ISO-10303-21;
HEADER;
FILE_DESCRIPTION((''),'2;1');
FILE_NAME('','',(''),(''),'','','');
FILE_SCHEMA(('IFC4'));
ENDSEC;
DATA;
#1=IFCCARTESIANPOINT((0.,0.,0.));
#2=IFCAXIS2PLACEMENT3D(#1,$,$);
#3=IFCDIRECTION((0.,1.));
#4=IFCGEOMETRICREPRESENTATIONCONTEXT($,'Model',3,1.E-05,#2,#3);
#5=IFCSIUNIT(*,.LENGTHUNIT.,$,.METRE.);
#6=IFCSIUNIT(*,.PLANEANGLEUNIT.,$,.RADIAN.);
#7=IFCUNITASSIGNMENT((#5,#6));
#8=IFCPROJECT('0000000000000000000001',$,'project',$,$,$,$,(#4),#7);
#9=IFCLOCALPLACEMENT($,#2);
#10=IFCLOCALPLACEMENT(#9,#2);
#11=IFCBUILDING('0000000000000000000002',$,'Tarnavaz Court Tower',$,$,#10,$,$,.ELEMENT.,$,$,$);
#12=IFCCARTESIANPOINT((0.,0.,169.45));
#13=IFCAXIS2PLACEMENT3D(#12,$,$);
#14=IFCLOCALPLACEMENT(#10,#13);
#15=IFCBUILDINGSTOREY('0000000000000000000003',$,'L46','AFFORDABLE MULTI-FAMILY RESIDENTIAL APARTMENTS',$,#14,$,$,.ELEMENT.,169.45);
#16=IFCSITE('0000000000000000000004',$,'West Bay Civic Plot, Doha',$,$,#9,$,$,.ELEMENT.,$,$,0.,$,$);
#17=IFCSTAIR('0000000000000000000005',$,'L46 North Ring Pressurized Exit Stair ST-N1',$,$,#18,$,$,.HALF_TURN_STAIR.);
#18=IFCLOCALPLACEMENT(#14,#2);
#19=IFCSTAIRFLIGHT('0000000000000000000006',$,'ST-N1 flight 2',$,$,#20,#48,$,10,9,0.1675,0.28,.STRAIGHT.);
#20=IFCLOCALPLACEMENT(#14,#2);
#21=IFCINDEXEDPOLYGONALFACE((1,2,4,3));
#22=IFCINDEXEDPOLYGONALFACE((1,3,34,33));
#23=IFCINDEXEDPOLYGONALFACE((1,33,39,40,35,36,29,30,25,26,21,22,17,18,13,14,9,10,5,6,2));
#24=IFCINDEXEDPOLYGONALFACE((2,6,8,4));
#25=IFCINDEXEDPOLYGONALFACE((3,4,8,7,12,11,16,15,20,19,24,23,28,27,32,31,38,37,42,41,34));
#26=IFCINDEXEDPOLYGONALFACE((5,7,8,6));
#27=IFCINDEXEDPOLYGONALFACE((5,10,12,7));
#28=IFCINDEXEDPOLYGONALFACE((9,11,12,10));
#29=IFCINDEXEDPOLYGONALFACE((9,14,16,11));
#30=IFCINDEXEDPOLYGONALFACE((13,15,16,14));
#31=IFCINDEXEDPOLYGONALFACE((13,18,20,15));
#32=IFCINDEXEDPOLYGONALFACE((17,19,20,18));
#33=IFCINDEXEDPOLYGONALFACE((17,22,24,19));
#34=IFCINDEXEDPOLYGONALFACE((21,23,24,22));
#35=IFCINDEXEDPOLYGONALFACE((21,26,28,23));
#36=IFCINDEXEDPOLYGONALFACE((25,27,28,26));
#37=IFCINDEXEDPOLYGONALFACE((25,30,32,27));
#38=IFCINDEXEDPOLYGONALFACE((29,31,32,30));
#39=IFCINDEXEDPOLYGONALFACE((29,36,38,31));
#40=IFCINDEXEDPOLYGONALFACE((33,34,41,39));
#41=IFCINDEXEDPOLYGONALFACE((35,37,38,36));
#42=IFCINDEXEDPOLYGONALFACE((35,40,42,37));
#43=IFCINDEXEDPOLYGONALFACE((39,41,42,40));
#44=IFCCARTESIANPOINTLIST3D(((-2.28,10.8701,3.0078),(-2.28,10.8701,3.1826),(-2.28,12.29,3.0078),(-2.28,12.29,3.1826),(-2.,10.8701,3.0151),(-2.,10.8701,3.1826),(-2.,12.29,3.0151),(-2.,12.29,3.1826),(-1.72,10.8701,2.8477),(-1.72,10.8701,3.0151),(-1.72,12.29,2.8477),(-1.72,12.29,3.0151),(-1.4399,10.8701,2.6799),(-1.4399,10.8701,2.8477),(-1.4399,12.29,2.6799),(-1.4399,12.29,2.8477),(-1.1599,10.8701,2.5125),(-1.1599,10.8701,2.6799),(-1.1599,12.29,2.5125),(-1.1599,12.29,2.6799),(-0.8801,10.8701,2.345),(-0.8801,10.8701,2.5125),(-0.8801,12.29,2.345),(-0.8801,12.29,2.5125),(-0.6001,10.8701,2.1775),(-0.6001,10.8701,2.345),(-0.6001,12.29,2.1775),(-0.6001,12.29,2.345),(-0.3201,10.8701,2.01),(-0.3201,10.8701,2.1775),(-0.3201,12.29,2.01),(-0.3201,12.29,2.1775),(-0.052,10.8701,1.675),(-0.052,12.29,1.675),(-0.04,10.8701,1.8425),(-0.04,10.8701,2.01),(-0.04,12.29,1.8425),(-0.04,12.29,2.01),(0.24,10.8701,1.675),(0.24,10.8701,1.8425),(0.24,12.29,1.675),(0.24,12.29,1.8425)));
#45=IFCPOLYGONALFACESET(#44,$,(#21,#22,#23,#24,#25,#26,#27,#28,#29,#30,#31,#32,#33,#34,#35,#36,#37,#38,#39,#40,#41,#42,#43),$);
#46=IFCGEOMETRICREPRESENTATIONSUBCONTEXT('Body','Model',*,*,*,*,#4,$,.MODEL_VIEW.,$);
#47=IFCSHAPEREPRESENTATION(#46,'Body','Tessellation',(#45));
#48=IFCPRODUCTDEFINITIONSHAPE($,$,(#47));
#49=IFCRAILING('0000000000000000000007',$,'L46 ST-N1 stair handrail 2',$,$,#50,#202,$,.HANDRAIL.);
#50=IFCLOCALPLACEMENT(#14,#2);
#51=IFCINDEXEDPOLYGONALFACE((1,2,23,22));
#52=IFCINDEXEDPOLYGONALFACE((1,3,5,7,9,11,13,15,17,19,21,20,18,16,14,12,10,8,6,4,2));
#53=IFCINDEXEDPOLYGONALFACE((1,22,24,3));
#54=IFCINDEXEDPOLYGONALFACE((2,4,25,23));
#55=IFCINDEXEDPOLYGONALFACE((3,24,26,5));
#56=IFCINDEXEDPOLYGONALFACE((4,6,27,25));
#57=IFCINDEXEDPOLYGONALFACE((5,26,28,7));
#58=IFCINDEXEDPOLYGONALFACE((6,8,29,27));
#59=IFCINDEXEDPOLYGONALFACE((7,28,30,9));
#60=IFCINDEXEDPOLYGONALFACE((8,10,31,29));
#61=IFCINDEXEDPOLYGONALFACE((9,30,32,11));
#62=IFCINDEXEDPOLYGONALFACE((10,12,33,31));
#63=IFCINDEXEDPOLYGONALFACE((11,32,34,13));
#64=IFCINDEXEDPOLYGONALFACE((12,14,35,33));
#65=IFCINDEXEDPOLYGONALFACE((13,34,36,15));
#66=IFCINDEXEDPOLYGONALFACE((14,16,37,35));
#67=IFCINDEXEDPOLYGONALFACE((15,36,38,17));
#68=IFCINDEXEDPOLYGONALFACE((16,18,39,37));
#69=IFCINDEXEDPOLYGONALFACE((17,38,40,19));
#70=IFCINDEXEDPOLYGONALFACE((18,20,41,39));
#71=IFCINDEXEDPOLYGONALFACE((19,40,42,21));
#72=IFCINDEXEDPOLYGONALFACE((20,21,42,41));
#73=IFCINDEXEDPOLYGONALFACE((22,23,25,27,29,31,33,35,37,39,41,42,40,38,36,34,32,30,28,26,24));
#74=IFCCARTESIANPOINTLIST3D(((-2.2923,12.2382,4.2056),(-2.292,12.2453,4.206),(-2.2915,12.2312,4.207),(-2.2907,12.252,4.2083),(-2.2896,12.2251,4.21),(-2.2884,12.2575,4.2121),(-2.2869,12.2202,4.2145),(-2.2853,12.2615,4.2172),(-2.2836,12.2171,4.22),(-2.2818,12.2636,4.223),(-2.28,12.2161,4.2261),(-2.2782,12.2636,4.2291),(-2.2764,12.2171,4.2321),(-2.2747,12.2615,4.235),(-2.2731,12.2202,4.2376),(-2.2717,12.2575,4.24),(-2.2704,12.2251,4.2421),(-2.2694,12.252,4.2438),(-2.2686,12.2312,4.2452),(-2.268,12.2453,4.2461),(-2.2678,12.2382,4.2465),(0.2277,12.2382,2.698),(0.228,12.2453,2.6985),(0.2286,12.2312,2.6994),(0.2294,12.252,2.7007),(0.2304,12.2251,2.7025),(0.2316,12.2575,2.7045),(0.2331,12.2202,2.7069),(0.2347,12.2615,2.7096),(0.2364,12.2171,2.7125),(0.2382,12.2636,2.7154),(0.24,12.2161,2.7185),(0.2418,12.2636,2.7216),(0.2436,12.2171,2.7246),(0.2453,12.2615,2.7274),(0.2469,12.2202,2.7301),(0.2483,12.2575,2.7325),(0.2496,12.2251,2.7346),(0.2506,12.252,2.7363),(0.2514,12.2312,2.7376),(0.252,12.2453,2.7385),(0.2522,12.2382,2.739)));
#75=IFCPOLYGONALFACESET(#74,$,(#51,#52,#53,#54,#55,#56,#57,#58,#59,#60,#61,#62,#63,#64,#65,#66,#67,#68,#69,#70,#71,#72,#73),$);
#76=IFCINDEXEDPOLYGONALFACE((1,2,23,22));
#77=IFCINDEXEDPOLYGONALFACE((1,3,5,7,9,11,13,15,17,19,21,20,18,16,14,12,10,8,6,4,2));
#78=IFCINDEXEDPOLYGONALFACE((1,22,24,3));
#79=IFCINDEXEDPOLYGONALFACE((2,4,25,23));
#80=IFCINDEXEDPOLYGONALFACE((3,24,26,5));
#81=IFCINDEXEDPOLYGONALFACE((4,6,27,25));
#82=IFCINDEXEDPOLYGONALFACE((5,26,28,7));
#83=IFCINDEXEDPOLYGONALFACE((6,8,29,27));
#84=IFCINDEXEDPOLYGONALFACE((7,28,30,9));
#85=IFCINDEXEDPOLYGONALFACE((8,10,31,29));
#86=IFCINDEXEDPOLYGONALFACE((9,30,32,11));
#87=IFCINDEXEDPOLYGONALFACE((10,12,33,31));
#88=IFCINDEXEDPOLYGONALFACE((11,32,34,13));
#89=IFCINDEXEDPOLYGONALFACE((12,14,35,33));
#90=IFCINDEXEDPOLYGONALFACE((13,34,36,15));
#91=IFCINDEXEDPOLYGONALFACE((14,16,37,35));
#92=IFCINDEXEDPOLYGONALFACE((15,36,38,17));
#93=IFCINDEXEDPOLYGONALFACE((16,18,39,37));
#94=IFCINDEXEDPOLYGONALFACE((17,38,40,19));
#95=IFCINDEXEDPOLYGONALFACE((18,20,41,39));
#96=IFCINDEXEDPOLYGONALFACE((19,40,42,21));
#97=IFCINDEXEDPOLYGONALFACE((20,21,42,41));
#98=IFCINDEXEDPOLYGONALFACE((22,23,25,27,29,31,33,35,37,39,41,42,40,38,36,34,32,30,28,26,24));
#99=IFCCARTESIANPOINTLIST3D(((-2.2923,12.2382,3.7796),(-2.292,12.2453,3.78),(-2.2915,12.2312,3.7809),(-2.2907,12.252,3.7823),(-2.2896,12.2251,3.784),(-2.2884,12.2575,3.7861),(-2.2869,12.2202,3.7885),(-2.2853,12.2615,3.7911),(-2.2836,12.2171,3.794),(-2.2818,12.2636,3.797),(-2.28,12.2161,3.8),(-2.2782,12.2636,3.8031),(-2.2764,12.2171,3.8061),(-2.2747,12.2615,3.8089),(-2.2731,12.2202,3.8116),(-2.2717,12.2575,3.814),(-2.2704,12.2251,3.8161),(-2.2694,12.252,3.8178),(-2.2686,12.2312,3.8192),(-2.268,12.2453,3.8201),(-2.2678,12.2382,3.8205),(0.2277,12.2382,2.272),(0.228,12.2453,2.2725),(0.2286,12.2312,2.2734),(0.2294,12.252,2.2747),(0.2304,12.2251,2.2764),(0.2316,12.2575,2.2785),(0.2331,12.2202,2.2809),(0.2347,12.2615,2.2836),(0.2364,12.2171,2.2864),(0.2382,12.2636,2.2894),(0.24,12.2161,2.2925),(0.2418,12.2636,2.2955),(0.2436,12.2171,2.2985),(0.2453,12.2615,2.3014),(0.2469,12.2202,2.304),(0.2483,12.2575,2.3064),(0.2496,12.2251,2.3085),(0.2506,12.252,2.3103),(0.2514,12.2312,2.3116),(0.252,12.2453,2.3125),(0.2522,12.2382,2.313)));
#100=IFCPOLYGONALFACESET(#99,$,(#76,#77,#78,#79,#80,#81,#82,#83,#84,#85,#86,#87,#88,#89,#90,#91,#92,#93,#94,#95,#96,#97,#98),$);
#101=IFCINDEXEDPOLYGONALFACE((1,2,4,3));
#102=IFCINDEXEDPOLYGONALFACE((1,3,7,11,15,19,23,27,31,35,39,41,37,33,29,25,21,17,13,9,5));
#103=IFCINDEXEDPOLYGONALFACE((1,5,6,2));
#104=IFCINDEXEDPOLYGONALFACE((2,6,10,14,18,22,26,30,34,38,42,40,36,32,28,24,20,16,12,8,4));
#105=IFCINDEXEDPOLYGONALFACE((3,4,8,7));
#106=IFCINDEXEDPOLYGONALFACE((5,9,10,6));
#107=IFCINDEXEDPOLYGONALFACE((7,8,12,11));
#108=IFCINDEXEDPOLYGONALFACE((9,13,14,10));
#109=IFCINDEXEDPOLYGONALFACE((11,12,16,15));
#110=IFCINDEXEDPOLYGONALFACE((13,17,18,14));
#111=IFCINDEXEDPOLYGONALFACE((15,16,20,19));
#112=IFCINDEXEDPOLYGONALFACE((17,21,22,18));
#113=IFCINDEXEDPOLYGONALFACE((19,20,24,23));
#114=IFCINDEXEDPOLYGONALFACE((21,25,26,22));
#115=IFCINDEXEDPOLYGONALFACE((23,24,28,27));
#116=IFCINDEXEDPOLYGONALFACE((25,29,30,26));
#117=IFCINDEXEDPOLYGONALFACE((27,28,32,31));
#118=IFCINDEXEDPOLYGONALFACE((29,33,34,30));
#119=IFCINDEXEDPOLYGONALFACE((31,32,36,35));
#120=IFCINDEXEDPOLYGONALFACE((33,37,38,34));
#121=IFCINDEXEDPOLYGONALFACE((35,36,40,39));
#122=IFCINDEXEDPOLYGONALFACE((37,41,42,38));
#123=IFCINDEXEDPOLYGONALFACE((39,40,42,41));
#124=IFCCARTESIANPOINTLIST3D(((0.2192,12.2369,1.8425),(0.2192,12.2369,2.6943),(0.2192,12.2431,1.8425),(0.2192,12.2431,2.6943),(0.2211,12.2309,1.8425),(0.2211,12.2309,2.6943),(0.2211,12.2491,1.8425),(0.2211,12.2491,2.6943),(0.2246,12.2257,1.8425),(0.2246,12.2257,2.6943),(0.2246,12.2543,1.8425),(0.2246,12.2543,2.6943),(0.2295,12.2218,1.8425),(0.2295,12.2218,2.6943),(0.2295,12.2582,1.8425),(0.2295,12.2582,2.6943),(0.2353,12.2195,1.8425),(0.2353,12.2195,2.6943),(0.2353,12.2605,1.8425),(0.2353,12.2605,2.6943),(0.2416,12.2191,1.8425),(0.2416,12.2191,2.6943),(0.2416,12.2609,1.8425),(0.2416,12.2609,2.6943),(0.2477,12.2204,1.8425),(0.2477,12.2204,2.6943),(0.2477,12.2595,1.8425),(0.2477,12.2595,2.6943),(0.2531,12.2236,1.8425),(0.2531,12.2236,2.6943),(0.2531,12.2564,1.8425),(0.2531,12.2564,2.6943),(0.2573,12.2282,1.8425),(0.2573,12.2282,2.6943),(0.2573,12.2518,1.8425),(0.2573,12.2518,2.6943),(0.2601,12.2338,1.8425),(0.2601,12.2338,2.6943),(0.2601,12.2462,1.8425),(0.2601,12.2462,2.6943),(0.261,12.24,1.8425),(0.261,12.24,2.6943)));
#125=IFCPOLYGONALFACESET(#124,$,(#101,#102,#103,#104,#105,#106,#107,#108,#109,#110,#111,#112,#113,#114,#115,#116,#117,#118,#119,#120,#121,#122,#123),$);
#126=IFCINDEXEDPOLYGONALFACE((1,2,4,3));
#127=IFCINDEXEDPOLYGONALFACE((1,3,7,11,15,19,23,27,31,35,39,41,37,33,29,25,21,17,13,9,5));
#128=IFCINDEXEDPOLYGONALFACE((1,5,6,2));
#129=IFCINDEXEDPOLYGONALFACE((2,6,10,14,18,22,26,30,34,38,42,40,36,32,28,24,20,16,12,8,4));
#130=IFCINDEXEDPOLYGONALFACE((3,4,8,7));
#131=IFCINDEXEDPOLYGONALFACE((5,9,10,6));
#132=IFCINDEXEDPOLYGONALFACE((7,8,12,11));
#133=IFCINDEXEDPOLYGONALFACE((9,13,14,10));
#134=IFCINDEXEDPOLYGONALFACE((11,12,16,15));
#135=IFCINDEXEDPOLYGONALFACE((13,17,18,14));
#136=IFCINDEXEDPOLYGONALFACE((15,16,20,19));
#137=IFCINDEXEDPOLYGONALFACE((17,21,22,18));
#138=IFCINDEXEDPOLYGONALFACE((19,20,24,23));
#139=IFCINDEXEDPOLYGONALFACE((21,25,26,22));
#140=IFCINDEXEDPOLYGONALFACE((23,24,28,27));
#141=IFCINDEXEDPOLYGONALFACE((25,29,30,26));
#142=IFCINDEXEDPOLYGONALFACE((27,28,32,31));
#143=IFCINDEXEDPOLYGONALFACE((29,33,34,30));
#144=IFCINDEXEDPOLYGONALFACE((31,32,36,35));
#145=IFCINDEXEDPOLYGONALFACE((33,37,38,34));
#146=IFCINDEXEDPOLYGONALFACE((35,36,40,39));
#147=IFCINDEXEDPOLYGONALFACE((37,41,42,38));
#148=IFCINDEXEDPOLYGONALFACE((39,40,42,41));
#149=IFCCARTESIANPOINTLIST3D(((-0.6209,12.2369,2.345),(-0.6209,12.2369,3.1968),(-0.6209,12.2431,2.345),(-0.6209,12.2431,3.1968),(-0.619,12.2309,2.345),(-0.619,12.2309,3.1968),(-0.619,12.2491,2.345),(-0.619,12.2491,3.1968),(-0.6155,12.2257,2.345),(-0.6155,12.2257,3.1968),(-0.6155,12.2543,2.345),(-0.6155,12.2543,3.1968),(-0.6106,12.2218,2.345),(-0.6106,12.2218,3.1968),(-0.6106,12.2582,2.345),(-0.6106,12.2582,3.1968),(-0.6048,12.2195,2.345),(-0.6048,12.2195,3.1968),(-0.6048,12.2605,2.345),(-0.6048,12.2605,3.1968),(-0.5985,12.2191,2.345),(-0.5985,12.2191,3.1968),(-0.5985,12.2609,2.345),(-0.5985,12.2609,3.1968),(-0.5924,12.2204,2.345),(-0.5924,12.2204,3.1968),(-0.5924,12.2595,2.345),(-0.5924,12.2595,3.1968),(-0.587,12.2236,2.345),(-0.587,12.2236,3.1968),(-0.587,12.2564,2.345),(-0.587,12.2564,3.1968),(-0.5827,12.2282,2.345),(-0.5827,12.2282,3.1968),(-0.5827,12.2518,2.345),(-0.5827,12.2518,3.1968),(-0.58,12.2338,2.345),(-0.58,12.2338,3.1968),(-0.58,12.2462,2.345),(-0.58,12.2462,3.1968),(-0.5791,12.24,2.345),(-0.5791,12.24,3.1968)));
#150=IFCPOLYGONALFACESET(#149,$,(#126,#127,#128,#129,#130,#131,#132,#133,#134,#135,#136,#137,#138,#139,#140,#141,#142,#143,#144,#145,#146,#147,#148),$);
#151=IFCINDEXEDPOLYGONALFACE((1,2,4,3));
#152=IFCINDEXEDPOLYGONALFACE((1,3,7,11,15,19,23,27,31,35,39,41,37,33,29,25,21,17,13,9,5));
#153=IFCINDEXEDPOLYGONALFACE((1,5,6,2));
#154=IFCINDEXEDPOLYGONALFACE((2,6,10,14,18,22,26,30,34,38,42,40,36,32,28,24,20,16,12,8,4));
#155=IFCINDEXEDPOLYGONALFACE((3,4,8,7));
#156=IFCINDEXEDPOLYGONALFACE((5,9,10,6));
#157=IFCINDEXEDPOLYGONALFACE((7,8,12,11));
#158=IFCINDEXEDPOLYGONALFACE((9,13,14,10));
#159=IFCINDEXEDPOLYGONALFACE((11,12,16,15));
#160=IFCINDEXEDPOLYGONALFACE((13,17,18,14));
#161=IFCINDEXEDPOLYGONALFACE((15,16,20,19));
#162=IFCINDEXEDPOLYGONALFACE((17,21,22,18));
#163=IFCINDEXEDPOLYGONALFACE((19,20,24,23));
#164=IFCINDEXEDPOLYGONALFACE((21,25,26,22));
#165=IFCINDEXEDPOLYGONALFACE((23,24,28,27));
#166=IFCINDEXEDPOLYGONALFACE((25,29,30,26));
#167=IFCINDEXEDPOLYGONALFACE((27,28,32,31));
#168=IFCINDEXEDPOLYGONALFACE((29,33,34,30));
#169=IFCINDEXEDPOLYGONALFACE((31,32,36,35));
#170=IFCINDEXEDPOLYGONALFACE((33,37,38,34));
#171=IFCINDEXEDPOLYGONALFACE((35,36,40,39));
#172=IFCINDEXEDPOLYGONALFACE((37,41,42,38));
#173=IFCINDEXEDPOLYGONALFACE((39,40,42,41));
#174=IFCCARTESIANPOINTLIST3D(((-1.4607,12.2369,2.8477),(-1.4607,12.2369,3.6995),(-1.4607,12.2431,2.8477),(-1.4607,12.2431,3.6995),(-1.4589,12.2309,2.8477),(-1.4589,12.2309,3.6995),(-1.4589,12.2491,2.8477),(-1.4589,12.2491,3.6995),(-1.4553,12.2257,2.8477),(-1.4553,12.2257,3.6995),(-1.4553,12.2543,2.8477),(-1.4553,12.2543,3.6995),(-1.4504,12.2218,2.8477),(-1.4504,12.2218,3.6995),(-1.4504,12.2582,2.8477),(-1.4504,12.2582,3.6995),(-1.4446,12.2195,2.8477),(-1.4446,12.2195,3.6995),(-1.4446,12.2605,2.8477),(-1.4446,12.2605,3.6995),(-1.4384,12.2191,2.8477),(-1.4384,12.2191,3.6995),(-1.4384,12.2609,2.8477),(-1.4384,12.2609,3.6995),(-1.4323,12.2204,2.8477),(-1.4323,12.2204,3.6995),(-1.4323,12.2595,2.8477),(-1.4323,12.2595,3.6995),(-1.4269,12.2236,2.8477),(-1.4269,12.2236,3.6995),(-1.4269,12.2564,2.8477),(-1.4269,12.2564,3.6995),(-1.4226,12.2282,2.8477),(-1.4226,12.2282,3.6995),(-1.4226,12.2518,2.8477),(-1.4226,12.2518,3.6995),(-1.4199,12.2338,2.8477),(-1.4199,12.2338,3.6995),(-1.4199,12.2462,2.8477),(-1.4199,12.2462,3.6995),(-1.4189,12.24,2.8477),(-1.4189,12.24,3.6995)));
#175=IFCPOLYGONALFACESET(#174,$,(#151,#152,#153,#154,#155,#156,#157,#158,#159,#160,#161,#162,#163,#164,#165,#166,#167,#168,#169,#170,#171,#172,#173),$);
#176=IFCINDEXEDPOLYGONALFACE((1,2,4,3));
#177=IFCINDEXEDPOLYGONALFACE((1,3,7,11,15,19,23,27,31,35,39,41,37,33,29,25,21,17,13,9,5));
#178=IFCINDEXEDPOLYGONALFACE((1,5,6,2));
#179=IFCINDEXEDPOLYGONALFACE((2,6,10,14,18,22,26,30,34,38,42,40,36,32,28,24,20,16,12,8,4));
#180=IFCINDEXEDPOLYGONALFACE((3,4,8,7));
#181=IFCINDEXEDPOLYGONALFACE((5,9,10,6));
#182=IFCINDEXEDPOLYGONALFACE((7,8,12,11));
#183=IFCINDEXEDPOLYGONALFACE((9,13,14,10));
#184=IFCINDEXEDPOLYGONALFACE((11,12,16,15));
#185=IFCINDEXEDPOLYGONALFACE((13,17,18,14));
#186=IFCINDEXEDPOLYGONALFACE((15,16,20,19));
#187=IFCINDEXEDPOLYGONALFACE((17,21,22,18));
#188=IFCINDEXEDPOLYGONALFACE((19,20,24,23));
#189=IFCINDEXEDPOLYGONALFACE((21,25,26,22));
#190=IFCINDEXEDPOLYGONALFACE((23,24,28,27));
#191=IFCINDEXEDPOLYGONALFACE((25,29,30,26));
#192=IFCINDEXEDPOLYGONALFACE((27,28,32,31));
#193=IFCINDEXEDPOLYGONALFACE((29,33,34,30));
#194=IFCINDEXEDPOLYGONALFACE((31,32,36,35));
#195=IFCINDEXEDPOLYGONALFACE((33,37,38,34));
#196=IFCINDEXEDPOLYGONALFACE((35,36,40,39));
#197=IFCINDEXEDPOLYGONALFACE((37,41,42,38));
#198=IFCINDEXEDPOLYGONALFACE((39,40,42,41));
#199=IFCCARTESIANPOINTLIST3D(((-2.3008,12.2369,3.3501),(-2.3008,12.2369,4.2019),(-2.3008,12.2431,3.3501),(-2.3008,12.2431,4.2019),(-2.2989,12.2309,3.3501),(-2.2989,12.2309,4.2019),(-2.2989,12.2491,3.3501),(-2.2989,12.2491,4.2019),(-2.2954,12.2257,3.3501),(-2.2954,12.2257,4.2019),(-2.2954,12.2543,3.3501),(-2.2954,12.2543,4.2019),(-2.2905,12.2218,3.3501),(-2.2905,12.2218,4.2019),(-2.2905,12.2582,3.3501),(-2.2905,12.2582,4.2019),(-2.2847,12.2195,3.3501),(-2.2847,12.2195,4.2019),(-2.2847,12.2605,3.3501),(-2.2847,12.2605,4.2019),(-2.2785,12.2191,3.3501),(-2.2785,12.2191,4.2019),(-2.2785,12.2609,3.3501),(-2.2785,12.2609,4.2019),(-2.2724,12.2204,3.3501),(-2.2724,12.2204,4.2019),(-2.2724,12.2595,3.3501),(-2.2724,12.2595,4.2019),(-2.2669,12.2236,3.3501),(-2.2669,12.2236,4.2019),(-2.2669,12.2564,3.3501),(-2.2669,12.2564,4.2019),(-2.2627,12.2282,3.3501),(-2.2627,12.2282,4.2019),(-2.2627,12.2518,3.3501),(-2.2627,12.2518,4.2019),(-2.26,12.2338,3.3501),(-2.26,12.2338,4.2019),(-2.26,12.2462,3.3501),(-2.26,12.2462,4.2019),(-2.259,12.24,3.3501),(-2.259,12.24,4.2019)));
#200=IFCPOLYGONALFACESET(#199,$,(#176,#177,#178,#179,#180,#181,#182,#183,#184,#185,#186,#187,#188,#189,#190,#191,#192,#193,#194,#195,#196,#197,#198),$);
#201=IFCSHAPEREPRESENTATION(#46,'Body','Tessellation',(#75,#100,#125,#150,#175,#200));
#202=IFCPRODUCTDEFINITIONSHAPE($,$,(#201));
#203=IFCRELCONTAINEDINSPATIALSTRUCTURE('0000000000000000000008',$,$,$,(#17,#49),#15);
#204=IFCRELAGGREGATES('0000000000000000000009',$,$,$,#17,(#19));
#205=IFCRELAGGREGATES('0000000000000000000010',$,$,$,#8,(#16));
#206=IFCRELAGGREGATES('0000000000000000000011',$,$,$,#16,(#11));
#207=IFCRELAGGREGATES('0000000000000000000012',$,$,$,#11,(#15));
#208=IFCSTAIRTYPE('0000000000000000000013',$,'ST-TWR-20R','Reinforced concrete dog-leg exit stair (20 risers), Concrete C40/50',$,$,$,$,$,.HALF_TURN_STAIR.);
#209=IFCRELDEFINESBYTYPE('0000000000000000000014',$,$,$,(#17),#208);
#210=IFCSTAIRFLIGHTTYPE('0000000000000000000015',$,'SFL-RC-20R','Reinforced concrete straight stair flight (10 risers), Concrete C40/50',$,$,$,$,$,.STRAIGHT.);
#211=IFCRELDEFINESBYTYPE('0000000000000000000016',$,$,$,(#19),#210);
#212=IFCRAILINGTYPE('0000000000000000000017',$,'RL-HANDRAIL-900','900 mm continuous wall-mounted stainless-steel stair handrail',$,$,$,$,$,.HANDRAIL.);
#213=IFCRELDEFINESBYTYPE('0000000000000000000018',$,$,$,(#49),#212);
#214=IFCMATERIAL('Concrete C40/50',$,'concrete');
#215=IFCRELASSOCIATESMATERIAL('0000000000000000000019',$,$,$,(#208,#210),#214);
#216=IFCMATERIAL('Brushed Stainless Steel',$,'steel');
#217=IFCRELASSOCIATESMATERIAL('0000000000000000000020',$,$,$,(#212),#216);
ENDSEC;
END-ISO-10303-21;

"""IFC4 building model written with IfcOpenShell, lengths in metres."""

from ifc_helpers import new_model, si_unit, direction, frame, origin, origin_2d, place, context, subcontext, project, spatial, polyline, circle, outline, extrude, material, type_object, element, aggregate, save


model = new_model("IFC4")

# Units and contexts
model_context = context("Model", 3, precision=1e-05, world=origin(), true_north=direction((0.0, 1.0)))
body_context = subcontext(model_context, "Body", "Model", "MODEL_VIEW")
ifc_project = project(units=[si_unit("LENGTHUNIT", "METRE"), si_unit("PLANEANGLEUNIT", "RADIAN")], contexts=[model_context])

# Site, building, storey
site_placement = place(None, origin())
site = spatial("IfcSite", under=ifc_project, at=site_placement, Name="West Bay Civic Plot, Doha", CompositionType="ELEMENT", RefElevation=0.0)
building_placement = place(site_placement, origin())
building = spatial("IfcBuilding", under=site, at=building_placement, Name="Tarnavaz Court Tower", CompositionType="ELEMENT")
storey_placement = place(building_placement, frame((0.0, 0.0, 169.45)))
storey = spatial("IfcBuildingStorey", under=building, at=storey_placement, Name="L46", Description="AFFORDABLE MULTI-FAMILY RESIDENTIAL APARTMENTS", CompositionType="ELEMENT", Elevation=169.45)

# Stair
ifc_material_1 = material(Name="Concrete C40/50", Category="concrete")
stair_type = type_object("IfcStairType", Name="ST-TWR-20R", Description="Reinforced concrete dog-leg exit stair (20 risers), Concrete C40/50", PredefinedType="HALF_TURN_STAIR", material=ifc_material_1)
stair_1_placement = place(storey_placement, origin())
stair_1 = element("IfcStair", 1, at=stair_1_placement, inside=storey, type_object=stair_type, Name="L46 North Ring Pressurized Exit Stair ST-N1", PredefinedType="HALF_TURN_STAIR")

# Stair flight
stair_flight_type = type_object("IfcStairFlightType", Name="SFL-RC-20R", Description="Reinforced concrete straight stair flight (10 risers), Concrete C40/50", PredefinedType="STRAIGHT", material=ifc_material_1)
stair_flight_placement = place(storey_placement, frame((0.24, 11.5801, 1.675), z_axis=(0.0, 0.0, 1.0), x_axis=(-1.0, 0.0, 0.0)))
stair_flight = element("IfcStairFlight", 2, at=stair_flight_placement, type_object=stair_flight_type, Name="ST-N1 flight 2", NumberOfRisers=10, NumberOfTreads=9, PredefinedType="STRAIGHT", RiserHeight=0.1675, TreadLength=0.28, context=body_context, shape_type="SweptSolid", body=[
    extrude(outline(polyline([(0.0, 0.0), (0.0, 0.1675), (0.28, 0.1675), (0.28, 0.335), (0.5601, 0.335), (0.5601, 0.5024), (0.8401, 0.5024), (0.8401, 0.6699), (1.1201, 0.6699), (1.1201, 0.8374), (1.3999, 0.8374), (1.3999, 1.0049), (1.6799, 1.0049), (1.6799, 1.1726), (1.96, 1.1726), (1.96, 1.3401), (2.24, 1.3401), (2.24, 1.5076), (2.52, 1.5076), (2.52, 1.675), (2.52, 1.3328), (0.292, 0.0), (0.0, 0.0)])), frame((0.0, 0.71, 0.0), z_axis=(0.0, -1.0, 0.0), x_axis=(1.0, 0.0, 0.0)), (0.0, 0.0, 1.0), 1.4199),
])
aggregate(stair_1, [stair_flight])

# Railing
ifc_material_2 = material(Name="Brushed Stainless Steel", Category="steel")
railing_type_1 = type_object("IfcRailingType", Name="RL-HANDRAIL-900", Description="900 mm continuous wall-mounted stainless-steel stair handrail", PredefinedType="HANDRAIL", material=ifc_material_2)
railing_1_placement = place(storey_placement, frame((0.24, 12.24, 1.8425)))
element("IfcRailing", 3, at=railing_1_placement, inside=storey, type_object=railing_type_1, Name="L46 ST-N1 stair handrail 2", PredefinedType="HANDRAIL", context=body_context, shape_type="SweptSolid", body=[
    extrude(circle(Radius=0.0239, at=origin_2d()), frame((0.0, 0.0, 0.876), z_axis=(-0.85816, 0.0, 0.513383), x_axis=(0.0, -1.0, 0.0)), (0.0, 0.0, 1.0), 2.9365),
    extrude(circle(Radius=0.0239, at=origin_2d()), frame((0.0, 0.0, 0.45), z_axis=(-0.85816, 0.0, 0.513383), x_axis=(0.0, -1.0, 0.0)), (0.0, 0.0, 1.0), 2.9365),
    extrude(circle(Radius=0.021, at=origin_2d()), origin(), (0.0, 0.0, 1.0), 0.8518),
    extrude(circle(Radius=0.021, at=origin_2d()), frame((-0.8401, 0.0, 0.5024)), (0.0, 0.0, 1.0), 0.8518),
    extrude(circle(Radius=0.021, at=origin_2d()), frame((-1.6799, 0.0, 1.0051)), (0.0, 0.0, 1.0), 0.8518),
    extrude(circle(Radius=0.021, at=origin_2d()), frame((-2.52, 0.0, 1.5076)), (0.0, 0.0, 1.0), 0.8518),
])

save(model, "model.ifc")
